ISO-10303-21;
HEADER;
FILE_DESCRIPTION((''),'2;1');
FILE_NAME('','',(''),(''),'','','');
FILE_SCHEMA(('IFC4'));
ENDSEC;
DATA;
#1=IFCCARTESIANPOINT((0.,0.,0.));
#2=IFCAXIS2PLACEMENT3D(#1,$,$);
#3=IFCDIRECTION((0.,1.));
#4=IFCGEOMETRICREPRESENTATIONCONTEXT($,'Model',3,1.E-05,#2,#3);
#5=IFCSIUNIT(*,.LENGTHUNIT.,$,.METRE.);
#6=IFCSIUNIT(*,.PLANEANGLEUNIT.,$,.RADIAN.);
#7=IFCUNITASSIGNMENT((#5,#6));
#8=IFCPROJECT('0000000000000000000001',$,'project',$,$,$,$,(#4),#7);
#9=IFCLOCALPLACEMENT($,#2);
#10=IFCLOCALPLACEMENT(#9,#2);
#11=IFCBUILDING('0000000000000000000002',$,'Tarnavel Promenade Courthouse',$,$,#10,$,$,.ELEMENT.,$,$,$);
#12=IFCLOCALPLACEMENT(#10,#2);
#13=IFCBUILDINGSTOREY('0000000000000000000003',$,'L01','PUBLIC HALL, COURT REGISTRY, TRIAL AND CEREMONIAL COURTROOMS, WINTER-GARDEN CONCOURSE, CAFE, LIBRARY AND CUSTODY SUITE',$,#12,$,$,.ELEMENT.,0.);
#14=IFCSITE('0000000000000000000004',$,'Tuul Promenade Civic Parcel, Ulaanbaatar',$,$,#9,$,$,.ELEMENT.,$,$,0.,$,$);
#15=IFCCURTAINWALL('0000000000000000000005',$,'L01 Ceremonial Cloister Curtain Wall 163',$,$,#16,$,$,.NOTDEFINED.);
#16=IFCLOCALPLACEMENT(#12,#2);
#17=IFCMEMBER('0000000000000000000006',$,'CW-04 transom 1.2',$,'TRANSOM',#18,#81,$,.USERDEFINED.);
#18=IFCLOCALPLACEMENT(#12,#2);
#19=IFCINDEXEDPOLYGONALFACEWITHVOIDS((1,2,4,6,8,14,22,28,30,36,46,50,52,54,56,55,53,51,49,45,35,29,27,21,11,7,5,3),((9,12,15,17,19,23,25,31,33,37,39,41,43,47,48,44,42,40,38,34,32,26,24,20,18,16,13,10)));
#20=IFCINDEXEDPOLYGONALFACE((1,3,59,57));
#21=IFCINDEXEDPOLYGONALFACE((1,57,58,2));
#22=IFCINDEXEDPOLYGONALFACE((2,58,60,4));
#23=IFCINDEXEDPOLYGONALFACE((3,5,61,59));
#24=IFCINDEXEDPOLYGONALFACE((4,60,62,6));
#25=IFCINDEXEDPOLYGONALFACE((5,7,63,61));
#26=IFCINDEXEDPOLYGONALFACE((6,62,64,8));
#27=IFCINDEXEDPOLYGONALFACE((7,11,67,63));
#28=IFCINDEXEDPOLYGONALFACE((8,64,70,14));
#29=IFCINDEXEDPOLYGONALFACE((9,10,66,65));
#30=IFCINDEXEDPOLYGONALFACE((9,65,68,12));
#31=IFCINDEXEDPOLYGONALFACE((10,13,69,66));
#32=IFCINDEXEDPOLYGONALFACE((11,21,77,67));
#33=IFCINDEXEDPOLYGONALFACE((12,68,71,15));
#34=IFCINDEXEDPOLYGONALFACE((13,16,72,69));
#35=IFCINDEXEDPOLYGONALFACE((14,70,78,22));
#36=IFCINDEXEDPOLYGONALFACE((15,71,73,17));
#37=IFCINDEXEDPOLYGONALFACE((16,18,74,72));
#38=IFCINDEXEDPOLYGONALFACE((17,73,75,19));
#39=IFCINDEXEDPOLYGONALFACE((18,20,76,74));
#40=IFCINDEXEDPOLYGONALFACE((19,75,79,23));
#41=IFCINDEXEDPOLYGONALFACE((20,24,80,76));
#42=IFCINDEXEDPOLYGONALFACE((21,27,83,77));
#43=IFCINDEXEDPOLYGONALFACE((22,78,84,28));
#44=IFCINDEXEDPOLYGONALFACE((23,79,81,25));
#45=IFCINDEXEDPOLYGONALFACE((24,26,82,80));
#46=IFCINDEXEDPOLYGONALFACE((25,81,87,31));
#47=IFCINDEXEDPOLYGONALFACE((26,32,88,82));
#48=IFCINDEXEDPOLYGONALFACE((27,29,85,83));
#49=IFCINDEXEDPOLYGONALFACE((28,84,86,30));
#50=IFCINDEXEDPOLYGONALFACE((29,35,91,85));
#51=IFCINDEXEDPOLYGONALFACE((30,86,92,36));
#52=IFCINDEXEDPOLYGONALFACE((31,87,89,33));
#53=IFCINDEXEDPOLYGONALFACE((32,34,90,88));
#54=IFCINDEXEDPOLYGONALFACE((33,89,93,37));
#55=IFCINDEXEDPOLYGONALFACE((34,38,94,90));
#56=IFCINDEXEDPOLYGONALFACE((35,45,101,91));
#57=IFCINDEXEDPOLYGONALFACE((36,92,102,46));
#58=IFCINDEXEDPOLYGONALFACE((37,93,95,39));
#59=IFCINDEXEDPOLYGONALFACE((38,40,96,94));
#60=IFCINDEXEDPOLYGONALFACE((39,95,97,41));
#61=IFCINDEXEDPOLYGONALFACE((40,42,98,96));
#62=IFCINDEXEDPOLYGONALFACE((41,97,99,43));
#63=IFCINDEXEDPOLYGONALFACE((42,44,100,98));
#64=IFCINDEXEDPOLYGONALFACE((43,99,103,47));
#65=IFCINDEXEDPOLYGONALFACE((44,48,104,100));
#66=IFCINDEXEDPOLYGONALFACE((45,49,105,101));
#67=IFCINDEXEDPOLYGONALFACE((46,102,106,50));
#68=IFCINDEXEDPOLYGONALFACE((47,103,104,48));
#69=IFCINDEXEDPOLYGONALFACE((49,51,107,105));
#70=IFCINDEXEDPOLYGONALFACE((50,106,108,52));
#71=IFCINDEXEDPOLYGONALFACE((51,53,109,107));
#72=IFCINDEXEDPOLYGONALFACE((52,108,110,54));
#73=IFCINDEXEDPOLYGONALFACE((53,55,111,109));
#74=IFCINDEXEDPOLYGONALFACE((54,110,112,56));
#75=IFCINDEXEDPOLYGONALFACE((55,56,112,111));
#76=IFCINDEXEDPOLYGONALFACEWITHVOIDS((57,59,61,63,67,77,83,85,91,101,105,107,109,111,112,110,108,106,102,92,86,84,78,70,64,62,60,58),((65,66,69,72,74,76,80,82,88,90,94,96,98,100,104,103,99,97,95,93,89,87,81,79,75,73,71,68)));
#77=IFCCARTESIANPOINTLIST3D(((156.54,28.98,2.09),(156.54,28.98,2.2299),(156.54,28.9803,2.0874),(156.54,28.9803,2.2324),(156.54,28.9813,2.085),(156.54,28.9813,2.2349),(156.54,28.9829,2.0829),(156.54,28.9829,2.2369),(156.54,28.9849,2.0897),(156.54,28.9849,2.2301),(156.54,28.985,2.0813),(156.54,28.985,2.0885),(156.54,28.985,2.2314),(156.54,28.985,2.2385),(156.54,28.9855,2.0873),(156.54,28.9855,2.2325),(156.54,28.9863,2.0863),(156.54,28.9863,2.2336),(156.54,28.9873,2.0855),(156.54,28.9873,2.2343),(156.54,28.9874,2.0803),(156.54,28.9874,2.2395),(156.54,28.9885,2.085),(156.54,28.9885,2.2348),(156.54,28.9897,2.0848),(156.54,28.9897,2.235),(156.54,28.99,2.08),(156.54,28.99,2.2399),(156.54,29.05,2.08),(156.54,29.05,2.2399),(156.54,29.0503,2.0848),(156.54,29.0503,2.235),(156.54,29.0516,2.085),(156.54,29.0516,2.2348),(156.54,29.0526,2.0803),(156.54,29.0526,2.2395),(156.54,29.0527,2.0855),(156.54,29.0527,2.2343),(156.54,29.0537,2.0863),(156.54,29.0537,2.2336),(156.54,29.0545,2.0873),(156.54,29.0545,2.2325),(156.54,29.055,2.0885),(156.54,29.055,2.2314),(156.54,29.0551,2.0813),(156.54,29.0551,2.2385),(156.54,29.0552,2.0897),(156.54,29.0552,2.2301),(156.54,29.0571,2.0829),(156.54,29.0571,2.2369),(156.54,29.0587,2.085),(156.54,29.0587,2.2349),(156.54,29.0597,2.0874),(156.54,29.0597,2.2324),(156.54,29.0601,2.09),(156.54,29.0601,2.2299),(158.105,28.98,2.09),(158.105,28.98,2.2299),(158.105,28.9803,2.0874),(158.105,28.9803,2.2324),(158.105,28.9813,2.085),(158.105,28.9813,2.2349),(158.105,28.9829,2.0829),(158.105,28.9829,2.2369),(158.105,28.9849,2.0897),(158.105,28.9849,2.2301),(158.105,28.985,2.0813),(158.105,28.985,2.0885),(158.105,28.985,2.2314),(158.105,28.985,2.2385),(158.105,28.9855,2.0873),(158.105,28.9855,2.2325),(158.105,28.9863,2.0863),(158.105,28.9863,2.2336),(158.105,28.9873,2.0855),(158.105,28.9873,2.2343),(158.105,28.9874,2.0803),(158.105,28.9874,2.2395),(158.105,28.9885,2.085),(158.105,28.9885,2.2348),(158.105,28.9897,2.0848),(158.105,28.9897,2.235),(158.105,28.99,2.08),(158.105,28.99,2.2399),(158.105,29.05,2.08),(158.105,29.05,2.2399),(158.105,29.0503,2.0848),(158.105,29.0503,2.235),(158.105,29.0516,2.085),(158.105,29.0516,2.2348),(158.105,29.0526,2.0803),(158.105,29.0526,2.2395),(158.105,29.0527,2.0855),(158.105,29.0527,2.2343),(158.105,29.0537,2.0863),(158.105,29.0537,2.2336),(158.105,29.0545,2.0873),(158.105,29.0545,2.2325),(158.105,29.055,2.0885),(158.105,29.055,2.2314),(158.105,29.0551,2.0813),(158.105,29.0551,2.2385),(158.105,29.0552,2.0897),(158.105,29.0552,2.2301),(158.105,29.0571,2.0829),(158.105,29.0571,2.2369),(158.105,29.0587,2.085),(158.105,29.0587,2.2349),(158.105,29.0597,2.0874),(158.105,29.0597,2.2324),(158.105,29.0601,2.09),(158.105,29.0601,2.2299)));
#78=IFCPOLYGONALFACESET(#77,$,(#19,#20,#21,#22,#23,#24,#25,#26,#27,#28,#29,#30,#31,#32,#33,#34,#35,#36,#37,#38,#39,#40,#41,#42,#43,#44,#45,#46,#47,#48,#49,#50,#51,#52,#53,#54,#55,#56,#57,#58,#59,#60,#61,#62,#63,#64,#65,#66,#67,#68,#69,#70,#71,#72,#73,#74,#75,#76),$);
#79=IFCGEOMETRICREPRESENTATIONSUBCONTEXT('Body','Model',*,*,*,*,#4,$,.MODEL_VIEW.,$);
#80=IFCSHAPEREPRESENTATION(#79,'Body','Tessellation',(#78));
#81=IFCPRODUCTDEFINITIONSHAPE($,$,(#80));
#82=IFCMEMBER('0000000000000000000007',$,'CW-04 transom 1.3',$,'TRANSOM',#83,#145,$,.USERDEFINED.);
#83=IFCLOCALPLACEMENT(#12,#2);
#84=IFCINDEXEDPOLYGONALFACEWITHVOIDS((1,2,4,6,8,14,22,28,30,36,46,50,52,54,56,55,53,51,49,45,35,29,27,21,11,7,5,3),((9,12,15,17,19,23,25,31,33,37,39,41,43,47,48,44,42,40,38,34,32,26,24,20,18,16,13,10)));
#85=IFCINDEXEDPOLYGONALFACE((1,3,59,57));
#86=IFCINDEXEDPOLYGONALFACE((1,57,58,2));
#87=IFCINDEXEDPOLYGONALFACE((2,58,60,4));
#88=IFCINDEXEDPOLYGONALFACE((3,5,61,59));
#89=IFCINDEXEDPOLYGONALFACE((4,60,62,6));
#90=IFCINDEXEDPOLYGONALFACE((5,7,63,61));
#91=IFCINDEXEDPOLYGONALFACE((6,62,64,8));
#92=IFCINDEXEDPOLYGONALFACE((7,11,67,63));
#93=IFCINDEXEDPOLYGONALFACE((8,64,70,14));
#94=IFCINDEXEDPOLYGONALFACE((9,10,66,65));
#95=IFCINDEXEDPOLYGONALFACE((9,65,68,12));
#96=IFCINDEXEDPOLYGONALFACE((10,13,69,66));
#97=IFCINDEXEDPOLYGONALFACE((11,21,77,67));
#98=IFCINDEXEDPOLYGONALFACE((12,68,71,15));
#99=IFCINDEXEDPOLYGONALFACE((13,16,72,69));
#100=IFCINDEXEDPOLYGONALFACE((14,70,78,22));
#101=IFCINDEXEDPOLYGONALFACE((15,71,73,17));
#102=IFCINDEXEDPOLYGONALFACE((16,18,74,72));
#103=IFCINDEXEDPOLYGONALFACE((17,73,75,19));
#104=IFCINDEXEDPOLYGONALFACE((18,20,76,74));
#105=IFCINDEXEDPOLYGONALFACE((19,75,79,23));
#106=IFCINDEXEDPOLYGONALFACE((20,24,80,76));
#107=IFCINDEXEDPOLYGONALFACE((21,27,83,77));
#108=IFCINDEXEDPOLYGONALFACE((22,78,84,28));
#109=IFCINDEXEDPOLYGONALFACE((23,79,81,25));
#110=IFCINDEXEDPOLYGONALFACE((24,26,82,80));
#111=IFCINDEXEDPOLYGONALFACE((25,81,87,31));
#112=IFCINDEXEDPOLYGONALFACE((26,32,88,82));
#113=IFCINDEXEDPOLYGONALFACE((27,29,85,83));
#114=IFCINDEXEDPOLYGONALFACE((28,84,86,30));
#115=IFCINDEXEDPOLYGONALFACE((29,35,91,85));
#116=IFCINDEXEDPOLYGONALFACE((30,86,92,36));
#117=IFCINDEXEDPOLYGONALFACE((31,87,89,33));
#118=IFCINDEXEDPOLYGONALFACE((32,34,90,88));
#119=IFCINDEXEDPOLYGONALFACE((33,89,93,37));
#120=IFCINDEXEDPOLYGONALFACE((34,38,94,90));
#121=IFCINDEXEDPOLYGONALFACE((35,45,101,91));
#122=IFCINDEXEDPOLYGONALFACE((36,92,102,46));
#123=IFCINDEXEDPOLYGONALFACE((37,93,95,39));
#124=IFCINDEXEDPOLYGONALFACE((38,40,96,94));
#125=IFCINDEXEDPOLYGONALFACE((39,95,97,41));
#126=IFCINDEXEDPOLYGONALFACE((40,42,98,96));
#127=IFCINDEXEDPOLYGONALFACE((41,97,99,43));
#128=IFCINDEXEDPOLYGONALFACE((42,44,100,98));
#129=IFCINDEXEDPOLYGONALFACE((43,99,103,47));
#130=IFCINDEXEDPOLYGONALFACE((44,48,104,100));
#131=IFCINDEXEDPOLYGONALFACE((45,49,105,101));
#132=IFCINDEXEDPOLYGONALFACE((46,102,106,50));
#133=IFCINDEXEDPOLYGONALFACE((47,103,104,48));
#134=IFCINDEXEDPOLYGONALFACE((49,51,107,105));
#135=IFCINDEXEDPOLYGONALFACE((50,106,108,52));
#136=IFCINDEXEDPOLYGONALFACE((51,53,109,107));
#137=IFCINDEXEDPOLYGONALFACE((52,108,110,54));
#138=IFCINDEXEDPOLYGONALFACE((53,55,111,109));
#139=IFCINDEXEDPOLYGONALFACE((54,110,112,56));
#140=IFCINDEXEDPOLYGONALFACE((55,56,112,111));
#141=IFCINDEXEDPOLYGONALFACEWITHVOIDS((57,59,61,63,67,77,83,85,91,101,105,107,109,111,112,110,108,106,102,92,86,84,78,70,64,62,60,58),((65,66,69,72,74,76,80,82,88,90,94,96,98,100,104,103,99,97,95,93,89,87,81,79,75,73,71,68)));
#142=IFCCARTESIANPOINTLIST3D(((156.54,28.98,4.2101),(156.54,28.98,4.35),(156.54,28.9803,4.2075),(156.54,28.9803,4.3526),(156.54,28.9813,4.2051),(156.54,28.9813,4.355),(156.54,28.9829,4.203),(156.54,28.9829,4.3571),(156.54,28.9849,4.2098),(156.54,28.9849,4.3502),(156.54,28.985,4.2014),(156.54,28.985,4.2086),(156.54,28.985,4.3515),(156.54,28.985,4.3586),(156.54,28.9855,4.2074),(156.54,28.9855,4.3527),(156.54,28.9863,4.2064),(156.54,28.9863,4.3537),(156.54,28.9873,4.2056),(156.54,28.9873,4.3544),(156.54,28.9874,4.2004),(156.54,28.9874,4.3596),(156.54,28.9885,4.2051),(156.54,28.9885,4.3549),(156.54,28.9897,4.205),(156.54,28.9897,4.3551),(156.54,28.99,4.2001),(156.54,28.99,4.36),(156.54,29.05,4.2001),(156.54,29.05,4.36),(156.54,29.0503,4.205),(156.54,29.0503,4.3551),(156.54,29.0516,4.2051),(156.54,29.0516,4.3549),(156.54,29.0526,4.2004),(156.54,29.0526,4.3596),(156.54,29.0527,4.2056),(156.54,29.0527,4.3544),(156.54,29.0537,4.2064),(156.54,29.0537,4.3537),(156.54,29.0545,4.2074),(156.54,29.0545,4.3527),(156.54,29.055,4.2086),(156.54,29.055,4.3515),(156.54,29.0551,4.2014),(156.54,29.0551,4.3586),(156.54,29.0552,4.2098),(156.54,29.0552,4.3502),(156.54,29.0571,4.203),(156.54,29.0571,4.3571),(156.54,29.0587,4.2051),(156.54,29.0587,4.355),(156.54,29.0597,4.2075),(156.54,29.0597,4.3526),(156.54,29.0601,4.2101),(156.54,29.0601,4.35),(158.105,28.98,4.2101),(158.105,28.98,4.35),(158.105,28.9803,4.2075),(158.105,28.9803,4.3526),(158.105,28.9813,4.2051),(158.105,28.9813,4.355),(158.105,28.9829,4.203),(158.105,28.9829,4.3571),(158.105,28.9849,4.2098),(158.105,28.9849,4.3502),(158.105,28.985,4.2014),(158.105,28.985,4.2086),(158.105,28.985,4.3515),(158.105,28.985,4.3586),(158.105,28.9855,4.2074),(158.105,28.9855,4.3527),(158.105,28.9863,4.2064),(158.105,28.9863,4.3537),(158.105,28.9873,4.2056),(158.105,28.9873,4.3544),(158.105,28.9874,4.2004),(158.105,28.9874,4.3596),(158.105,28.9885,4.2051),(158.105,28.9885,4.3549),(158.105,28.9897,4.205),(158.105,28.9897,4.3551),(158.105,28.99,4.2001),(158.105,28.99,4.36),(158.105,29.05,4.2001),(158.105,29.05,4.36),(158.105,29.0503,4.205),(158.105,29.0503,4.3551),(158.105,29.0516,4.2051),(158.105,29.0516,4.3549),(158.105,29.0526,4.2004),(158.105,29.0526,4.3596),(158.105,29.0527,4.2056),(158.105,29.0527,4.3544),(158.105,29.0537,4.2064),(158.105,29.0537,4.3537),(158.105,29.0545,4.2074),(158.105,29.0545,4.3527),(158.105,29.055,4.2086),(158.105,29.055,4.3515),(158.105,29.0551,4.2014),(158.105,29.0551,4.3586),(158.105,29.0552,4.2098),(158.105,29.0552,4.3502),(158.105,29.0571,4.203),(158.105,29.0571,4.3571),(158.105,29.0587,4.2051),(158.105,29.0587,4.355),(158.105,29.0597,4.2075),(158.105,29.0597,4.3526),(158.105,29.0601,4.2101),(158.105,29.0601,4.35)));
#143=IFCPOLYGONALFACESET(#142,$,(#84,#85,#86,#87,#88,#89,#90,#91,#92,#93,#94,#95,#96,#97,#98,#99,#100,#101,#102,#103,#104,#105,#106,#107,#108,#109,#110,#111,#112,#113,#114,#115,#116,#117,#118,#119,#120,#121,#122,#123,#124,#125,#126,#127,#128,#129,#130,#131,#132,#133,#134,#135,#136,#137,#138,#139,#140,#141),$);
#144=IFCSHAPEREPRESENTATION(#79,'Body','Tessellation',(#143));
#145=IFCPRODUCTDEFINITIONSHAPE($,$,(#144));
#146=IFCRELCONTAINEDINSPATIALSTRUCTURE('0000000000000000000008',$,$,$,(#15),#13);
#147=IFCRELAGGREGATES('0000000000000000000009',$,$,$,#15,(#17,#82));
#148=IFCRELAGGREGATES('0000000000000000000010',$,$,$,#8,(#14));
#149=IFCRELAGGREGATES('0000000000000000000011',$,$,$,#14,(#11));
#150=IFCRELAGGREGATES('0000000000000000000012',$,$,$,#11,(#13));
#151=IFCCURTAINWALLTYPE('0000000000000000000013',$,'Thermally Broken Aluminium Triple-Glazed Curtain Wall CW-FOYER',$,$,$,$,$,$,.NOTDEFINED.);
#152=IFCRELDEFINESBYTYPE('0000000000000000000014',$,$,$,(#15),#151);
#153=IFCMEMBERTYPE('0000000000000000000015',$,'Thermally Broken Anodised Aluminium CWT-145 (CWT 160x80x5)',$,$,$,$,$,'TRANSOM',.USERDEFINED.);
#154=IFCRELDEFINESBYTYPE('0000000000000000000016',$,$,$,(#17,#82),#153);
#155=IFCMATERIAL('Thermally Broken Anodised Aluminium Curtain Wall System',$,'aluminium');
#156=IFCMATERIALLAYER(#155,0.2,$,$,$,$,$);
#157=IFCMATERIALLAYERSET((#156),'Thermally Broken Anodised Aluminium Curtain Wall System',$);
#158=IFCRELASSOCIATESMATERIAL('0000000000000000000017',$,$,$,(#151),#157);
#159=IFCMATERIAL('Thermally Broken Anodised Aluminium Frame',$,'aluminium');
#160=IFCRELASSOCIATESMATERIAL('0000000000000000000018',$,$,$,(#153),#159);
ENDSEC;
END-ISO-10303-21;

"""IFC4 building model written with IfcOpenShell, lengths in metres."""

from ifc_helpers import new_model, si_unit, direction, frame, origin, origin_2d, place, context, subcontext, project, spatial, hollow_rectangle, extrude, material, layer, layer_set, material_profile, profile_set, type_object, element, aggregate, save


model = new_model("IFC4")

# Units and contexts
model_context = context("Model", 3, precision=1e-05, world=origin(), true_north=direction((0.0, 1.0)))
body_context = subcontext(model_context, "Body", "Model", "MODEL_VIEW")
ifc_project = project(units=[si_unit("LENGTHUNIT", "METRE"), si_unit("PLANEANGLEUNIT", "RADIAN")], contexts=[model_context])

# Site, building, storey
site_placement = place(None, origin())
site = spatial("IfcSite", under=ifc_project, at=site_placement, Name="Tuul Promenade Civic Parcel, Ulaanbaatar", CompositionType="ELEMENT", RefElevation=0.0)
building_placement = place(site_placement, origin())
building = spatial("IfcBuilding", under=site, at=building_placement, Name="Tarnavel Promenade Courthouse", CompositionType="ELEMENT")
storey_placement = place(building_placement, origin())
storey = spatial("IfcBuildingStorey", under=building, at=storey_placement, Name="L01", Description="PUBLIC HALL, COURT REGISTRY, TRIAL AND CEREMONIAL COURTROOMS, WINTER-GARDEN CONCOURSE, CAFE, LIBRARY AND CUSTODY SUITE", CompositionType="ELEMENT", Elevation=0.0)

# Shared definitions
ifc_material_1 = material(Name="Thermally Broken Anodised Aluminium Curtain Wall System", Category="aluminium")
ifc_layer_1 = layer(ifc_material_1, 0.2)
ifc_layer_set_1 = layer_set([ifc_layer_1], Name="Thermally Broken Anodised Aluminium Curtain Wall System")
curtain_wall_type = type_object("IfcCurtainWallType", Name="Thermally Broken Aluminium Triple-Glazed Curtain Wall CW-FOYER", PredefinedType="NOTDEFINED", material=ifc_layer_set_1)
ifc_material_2 = material(Name="Thermally Broken Anodised Aluminium Frame", Category="aluminium")

# Curtain wall, members
curtain_wall_1_placement = place(storey_placement, origin())
curtain_wall_1 = element("IfcCurtainWall", 1, at=curtain_wall_1_placement, inside=storey, type_object=curtain_wall_type, Name="L01 Ceremonial Cloister Curtain Wall 163", PredefinedType="NOTDEFINED")
ifc_material_profile_1 = material_profile(ifc_material_2, hollow_rectangle(XDim=0.0801, YDim=0.1599, WallThickness=0.0049, InnerFilletRadius=0.0049, OuterFilletRadius=0.01, at=origin_2d()), Name="CWT 160x80x5")
ifc_profile_set_1 = profile_set([ifc_material_profile_1], Name="Thermally Broken Anodised Aluminium Frame")
member_type_1 = type_object("IfcMemberType", Name="Thermally Broken Anodised Aluminium CWT-145 (CWT 160x80x5)", ElementType="TRANSOM", PredefinedType="USERDEFINED", material=ifc_profile_set_1)
member_1_placement = place(storey_placement, frame((156.54, 29.02, 2.1599), z_axis=(1.0, 0.0, 0.0), x_axis=(0.0, 1.0, 0.0)))
member_1 = element("IfcMember", 2, at=member_1_placement, type_object=member_type_1, Name="CW-04 transom 1.2", ObjectType="TRANSOM", PredefinedType="USERDEFINED", context=body_context, shape_type="SweptSolid", body=[
    extrude(hollow_rectangle(XDim=0.0801, YDim=0.1599, WallThickness=0.0049, InnerFilletRadius=0.0049, OuterFilletRadius=0.01, at=origin_2d()), origin(), (0.0, 0.0, 1.0), 1.5649),
])
member_2_placement = place(storey_placement, frame((156.54, 29.02, 4.28), z_axis=(1.0, 0.0, 0.0), x_axis=(0.0, 1.0, 0.0)))
member_2 = element("IfcMember", 3, at=member_2_placement, type_object=member_type_1, Name="CW-04 transom 1.3", ObjectType="TRANSOM", PredefinedType="USERDEFINED", context=body_context, shape_type="SweptSolid", body=[
    extrude(hollow_rectangle(XDim=0.0801, YDim=0.1599, WallThickness=0.0049, InnerFilletRadius=0.0049, OuterFilletRadius=0.01, at=origin_2d()), origin(), (0.0, 0.0, 1.0), 1.5649),
])
aggregate(curtain_wall_1, [member_1, member_2])

save(model, "model.ifc")
